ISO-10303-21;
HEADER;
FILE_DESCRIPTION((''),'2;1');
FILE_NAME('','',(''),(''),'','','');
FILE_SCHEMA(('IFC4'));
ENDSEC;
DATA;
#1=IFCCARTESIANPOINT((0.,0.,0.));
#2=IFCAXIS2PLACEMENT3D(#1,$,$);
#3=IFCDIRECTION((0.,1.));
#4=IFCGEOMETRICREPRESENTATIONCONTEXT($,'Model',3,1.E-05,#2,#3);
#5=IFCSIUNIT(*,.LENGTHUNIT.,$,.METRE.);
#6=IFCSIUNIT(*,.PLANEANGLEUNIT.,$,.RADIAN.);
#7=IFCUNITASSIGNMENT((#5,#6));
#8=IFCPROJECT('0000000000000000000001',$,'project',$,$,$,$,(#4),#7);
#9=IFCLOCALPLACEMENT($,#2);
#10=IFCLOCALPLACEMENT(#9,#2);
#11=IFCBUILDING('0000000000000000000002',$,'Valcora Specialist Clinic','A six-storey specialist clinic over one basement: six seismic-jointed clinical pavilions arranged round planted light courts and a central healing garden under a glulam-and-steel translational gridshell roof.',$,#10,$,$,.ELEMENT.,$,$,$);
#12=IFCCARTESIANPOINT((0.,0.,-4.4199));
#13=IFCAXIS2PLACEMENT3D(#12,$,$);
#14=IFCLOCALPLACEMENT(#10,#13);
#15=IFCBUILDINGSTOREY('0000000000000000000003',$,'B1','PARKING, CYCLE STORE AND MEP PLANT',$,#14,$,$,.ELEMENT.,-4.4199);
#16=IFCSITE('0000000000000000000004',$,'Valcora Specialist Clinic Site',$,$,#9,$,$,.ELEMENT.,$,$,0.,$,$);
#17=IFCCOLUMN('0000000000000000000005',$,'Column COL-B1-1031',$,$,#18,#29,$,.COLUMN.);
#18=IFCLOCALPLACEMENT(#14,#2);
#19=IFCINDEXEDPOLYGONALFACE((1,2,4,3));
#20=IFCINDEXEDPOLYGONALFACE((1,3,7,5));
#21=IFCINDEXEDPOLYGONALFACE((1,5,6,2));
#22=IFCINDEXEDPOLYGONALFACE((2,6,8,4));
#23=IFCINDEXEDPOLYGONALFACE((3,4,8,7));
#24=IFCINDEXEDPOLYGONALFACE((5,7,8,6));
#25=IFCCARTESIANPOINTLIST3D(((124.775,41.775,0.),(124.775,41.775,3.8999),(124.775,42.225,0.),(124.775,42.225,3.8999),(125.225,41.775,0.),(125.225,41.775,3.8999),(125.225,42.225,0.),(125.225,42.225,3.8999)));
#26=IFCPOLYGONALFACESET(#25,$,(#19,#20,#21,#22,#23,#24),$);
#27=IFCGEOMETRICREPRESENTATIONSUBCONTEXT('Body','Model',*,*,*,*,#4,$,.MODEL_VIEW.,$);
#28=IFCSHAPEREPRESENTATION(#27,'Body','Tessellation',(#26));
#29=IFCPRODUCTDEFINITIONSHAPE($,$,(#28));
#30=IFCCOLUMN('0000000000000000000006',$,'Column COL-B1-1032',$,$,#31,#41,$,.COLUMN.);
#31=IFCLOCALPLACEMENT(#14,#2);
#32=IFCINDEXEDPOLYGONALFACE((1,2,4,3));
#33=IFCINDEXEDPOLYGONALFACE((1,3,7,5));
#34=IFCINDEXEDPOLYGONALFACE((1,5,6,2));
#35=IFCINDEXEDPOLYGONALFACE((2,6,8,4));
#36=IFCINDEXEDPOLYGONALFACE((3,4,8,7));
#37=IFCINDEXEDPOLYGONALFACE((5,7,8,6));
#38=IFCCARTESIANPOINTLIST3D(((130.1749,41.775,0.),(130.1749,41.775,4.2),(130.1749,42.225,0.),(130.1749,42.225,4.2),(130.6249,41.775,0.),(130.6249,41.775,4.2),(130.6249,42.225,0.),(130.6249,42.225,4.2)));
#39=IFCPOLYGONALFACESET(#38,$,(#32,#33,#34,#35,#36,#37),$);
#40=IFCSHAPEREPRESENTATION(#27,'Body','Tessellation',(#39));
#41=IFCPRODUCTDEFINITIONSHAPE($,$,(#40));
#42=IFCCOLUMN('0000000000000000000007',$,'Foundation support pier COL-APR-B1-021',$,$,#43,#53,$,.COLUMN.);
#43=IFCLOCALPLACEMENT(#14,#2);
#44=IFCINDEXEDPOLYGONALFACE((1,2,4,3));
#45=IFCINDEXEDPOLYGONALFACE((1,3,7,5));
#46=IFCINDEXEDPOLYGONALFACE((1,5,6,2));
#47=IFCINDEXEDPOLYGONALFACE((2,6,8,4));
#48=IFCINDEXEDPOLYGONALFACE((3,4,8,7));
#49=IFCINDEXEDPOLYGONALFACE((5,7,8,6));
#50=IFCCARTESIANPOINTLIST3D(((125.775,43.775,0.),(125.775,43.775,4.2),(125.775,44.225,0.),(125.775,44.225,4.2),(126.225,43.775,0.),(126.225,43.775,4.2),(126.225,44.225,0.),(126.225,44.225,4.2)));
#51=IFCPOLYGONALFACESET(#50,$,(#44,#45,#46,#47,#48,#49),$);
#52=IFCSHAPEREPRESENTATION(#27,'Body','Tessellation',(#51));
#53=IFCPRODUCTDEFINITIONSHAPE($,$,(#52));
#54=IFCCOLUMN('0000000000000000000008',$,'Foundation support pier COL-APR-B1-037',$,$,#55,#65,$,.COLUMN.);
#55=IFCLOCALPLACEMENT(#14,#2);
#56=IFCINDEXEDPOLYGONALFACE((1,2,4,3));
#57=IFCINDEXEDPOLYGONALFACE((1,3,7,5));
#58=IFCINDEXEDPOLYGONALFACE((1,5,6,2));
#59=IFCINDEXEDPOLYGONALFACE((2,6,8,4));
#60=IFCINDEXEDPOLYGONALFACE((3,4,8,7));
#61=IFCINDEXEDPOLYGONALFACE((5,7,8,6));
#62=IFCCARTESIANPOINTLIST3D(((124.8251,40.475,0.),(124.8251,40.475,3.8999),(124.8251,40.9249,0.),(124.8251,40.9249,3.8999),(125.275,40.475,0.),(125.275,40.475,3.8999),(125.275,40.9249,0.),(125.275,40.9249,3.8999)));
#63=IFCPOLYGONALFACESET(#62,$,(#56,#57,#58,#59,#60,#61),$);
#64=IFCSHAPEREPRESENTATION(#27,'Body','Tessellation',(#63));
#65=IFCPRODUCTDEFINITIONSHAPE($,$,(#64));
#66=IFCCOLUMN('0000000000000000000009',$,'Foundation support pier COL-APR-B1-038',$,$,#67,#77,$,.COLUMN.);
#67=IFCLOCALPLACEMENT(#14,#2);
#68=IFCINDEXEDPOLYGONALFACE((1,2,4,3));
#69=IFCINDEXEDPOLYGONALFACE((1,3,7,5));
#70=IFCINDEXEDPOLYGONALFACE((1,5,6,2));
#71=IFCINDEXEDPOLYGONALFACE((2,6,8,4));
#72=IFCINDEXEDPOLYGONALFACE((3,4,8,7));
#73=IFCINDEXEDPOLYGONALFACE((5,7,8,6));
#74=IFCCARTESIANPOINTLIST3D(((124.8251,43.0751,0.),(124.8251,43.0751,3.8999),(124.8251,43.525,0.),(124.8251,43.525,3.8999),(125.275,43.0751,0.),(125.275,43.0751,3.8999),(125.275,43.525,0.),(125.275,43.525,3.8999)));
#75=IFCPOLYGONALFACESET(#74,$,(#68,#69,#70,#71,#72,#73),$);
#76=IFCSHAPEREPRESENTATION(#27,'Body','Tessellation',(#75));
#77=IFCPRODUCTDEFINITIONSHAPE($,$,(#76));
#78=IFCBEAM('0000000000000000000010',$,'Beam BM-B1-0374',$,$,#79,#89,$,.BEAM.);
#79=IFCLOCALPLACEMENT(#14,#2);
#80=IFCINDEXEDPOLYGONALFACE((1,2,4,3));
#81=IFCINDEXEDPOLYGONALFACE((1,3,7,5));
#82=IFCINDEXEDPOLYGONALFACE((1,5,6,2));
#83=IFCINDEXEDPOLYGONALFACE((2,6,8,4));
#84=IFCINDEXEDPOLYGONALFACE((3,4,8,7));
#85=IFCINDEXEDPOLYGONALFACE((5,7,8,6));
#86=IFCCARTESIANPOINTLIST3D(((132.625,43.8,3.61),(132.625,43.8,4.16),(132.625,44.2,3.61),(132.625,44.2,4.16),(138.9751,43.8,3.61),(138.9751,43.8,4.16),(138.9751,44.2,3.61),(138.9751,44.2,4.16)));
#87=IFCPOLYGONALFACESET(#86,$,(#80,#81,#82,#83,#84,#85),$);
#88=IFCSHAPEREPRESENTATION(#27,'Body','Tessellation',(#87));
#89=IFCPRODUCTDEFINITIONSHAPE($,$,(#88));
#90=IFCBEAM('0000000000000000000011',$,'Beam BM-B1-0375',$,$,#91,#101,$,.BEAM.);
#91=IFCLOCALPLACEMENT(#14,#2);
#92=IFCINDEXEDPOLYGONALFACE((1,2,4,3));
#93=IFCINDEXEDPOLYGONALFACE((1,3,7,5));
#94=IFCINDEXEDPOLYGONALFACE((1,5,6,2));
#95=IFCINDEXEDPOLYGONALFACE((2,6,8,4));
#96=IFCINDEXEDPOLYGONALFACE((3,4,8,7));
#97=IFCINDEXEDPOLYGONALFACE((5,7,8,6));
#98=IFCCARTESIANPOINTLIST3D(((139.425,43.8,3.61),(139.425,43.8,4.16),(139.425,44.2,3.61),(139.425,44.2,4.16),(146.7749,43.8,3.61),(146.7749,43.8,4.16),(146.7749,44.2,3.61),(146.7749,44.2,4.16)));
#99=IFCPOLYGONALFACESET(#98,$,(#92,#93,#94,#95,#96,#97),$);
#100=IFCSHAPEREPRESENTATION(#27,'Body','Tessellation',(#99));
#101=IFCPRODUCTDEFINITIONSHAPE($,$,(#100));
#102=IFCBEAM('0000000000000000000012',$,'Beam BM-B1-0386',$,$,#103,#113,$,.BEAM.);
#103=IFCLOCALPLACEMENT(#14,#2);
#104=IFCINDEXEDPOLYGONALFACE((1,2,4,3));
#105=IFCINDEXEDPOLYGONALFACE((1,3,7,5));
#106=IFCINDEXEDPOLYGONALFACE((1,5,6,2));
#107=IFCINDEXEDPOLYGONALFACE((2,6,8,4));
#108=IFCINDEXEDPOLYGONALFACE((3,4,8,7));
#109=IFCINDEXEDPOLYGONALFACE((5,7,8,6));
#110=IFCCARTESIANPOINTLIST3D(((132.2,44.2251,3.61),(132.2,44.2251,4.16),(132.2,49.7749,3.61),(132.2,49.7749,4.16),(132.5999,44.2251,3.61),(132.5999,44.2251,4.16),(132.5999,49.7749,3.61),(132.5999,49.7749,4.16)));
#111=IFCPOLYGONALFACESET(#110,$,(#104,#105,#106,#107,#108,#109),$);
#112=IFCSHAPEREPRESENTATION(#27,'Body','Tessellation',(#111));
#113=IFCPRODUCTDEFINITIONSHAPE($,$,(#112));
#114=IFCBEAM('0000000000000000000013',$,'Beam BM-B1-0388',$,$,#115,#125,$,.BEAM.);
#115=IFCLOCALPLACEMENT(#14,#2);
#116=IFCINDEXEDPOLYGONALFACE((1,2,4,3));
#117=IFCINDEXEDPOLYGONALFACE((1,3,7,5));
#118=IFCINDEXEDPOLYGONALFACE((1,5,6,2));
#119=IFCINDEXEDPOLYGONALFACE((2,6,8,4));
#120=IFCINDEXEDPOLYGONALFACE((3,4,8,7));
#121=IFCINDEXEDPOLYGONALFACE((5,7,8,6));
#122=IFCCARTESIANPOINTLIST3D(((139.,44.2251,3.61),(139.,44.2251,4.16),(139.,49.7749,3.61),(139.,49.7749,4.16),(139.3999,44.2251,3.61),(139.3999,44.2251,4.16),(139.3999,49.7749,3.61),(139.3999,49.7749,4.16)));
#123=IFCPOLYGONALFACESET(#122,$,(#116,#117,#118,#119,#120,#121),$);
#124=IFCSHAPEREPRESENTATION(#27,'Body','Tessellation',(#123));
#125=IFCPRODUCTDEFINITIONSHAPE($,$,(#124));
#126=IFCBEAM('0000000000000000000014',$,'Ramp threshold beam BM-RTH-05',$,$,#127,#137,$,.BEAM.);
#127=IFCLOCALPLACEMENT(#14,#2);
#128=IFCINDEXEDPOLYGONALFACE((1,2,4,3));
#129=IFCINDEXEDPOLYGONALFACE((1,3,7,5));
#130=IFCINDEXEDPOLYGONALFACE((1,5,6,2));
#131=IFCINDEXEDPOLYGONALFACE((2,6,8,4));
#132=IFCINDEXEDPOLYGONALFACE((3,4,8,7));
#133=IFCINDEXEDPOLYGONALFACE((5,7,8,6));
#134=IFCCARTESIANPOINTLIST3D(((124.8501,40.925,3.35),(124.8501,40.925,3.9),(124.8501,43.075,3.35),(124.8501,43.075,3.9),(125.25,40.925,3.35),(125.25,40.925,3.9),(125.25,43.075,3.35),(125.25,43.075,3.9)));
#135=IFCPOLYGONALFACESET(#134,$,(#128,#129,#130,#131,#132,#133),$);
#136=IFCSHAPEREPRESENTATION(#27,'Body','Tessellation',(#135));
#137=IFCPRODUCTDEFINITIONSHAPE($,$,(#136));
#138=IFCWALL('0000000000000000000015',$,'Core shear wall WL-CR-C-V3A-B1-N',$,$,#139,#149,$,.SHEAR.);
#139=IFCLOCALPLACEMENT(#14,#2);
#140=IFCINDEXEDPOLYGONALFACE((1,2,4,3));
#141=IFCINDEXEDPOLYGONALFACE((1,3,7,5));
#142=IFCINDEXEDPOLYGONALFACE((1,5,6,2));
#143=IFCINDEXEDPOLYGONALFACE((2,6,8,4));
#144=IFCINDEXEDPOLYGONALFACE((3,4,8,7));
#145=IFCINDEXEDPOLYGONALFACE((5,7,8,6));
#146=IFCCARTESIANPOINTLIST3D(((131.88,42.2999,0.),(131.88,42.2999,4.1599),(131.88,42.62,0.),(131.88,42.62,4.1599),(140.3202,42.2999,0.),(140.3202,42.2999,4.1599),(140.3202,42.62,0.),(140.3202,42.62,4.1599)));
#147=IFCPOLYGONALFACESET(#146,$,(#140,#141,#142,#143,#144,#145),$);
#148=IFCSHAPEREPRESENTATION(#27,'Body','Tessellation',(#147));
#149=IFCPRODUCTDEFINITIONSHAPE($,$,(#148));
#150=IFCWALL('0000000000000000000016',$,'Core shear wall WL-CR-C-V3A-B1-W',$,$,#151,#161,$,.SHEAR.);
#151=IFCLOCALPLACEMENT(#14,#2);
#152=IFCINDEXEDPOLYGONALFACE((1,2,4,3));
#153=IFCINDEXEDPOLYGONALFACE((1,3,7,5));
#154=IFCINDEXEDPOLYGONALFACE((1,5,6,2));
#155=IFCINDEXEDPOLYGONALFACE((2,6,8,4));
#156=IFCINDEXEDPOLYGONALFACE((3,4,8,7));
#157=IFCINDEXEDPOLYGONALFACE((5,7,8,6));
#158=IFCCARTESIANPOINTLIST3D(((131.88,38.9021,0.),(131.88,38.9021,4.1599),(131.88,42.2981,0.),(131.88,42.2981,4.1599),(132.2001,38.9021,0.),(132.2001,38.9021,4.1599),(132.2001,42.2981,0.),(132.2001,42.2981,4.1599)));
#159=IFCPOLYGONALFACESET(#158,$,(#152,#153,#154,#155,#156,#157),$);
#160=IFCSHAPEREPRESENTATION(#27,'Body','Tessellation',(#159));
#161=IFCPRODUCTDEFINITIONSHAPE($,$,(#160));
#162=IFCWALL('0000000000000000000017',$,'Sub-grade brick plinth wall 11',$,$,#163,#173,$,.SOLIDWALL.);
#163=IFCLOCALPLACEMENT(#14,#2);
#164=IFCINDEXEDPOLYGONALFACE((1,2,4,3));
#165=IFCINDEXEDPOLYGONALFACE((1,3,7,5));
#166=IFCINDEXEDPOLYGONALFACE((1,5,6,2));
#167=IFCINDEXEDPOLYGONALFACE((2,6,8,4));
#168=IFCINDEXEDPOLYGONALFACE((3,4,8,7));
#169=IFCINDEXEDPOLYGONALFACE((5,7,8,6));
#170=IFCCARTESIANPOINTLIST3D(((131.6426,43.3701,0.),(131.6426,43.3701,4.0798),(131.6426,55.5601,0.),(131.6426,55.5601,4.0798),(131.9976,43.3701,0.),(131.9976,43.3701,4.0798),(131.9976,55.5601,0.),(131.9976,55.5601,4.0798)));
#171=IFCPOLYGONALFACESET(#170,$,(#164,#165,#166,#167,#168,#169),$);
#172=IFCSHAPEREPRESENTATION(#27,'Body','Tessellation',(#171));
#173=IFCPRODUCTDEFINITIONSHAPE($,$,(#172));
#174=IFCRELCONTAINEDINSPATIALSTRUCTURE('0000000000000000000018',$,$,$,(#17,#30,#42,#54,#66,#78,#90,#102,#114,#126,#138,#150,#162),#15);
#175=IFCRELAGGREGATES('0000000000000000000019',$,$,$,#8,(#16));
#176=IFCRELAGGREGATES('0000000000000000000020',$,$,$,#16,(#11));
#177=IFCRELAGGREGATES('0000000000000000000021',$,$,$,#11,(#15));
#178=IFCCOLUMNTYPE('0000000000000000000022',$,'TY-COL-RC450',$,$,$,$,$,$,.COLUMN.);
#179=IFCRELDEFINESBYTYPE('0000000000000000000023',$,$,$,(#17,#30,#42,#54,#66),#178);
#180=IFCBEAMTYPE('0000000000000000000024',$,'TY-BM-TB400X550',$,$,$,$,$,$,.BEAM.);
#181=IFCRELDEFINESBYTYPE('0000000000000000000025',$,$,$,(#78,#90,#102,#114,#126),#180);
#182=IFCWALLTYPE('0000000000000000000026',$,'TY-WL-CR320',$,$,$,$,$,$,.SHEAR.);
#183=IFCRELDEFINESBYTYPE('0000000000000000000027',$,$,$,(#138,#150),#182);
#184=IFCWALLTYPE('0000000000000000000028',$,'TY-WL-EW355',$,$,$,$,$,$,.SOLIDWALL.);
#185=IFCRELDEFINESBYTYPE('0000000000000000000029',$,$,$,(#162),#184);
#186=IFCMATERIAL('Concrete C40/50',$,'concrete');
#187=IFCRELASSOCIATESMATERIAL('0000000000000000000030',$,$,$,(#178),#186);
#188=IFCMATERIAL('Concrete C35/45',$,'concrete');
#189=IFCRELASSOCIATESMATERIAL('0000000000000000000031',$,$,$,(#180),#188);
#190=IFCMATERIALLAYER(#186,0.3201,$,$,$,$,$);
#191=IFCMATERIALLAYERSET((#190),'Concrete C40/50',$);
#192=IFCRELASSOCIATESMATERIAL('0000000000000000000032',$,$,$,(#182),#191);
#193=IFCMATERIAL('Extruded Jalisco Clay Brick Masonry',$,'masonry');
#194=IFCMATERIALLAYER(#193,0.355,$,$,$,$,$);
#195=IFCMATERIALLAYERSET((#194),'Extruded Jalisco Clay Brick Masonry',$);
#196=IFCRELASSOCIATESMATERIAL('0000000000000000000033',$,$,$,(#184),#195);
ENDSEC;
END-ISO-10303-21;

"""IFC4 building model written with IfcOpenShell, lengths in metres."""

from ifc_helpers import new_model, si_unit, direction, frame, frame_2d, origin, origin_2d, place, context, subcontext, project, spatial, rectangle, extrude, material, layer, layer_set, material_profile, profile_set, type_object, element, save


model = new_model("IFC4")

# Units and contexts
model_context = context("Model", 3, precision=1e-05, world=origin(), true_north=direction((0.0, 1.0)))
body_context = subcontext(model_context, "Body", "Model", "MODEL_VIEW")
ifc_project = project(units=[si_unit("LENGTHUNIT", "METRE"), si_unit("PLANEANGLEUNIT", "RADIAN")], contexts=[model_context])

# Site, building, storey
site_placement = place(None, origin())
site = spatial("IfcSite", under=ifc_project, at=site_placement, Name="Valcora Specialist Clinic Site", CompositionType="ELEMENT", RefElevation=0.0)
building_placement = place(site_placement, origin())
building = spatial("IfcBuilding", under=site, at=building_placement, Name="Valcora Specialist Clinic", Description="A six-storey specialist clinic over one basement: six seismic-jointed clinical pavilions arranged round planted light courts and a central healing garden under a glulam-and-steel translational gridshell roof.", CompositionType="ELEMENT")
storey_placement = place(building_placement, frame((0.0, 0.0, -4.4199)))
storey = spatial("IfcBuildingStorey", under=building, at=storey_placement, Name="B1", Description="PARKING, CYCLE STORE AND MEP PLANT", CompositionType="ELEMENT", Elevation=-4.4199)

# Shared definitions
ifc_material_1 = material(Name="Concrete C35/45", Category="concrete")

# Columns
ifc_material_2 = material(Name="Concrete C40/50", Category="concrete")
ifc_material_profile_1 = material_profile(ifc_material_2, rectangle(XDim=0.45, YDim=0.45, at=origin_2d()), Name="RC-COL-450X450")
ifc_profile_set_1 = profile_set([ifc_material_profile_1], Name="Concrete C40/50")
column_type = type_object("IfcColumnType", Name="TY-COL-RC450", PredefinedType="COLUMN", material=ifc_profile_set_1)
column_placement = place(storey_placement, frame((125.0, 42.0, 0.0), z_axis=(0.0, 0.0, 1.0), x_axis=(1.0, 0.0, 0.0)))
element("IfcColumn", 1, at=column_placement, inside=storey, type_object=column_type, Name="Column COL-B1-1031", PredefinedType="COLUMN", context=body_context, shape_type="SweptSolid", body=[
    extrude(rectangle(XDim=0.45, YDim=0.45, at=origin_2d()), origin(), (0.0, 0.0, 1.0), 3.8999),
])
for number, where, z_axis, x_axis, name in (
    (2, (130.3999, 42.0, 0.0), (0.0, 0.0, 1.0), (1.0, 0.0, 0.0), "Column COL-B1-1032"),
    (3, (126.0, 44.0, 0.0), (0.0, 0.0, 1.0), (1.0, 0.0, 0.0), "Foundation support pier COL-APR-B1-021"),
):
    element("IfcColumn", number, at=place(storey_placement, frame(where, z_axis=z_axis, x_axis=x_axis)), inside=storey, type_object=column_type, Name=name, PredefinedType="COLUMN", context=body_context, shape_type="SweptSolid", body=[
        extrude(rectangle(XDim=0.45, YDim=0.45, at=origin_2d()), origin(), (0.0, 0.0, 1.0), 4.2),
    ])
for number, where, z_axis, x_axis, name in (
    (4, (125.05, 40.7, 0.0), (0.0, 0.0, 1.0), (1.0, 0.0, 0.0), "Foundation support pier COL-APR-B1-037"),
    (5, (125.05, 43.3, 0.0), (0.0, 0.0, 1.0), (1.0, 0.0, 0.0), "Foundation support pier COL-APR-B1-038"),
):
    element("IfcColumn", number, at=place(storey_placement, frame(where, z_axis=z_axis, x_axis=x_axis)), inside=storey, type_object=column_type, Name=name, PredefinedType="COLUMN", context=body_context, shape_type="SweptSolid", body=[
        extrude(rectangle(XDim=0.45, YDim=0.45, at=origin_2d()), origin(), (0.0, 0.0, 1.0), 3.8999),
    ])

# Beams
ifc_material_profile_2 = material_profile(ifc_material_1, rectangle(XDim=0.3999, YDim=0.55, at=origin_2d()), Name="RC-TB-400X550")
ifc_profile_set_2 = profile_set([ifc_material_profile_2], Name="Concrete C35/45")
beam_type = type_object("IfcBeamType", Name="TY-BM-TB400X550", PredefinedType="BEAM", material=ifc_profile_set_2)
beam_1_placement = place(storey_placement, frame((132.625, 44.0, 3.885), z_axis=(1.0, 0.0, 0.0), x_axis=(0.0, 1.0, 0.0)))
element("IfcBeam", 6, at=beam_1_placement, inside=storey, type_object=beam_type, Name="Beam BM-B1-0374", PredefinedType="BEAM", context=body_context, shape_type="SweptSolid", body=[
    extrude(rectangle(XDim=0.3999, YDim=0.55, at=origin_2d()), origin(), (0.0, 0.0, 1.0), 6.3501),
])
beam_2_placement = place(storey_placement, frame((139.425, 44.0, 3.885), z_axis=(1.0, 0.0, 0.0), x_axis=(0.0, 1.0, 0.0)))
element("IfcBeam", 7, at=beam_2_placement, inside=storey, type_object=beam_type, Name="Beam BM-B1-0375", PredefinedType="BEAM", context=body_context, shape_type="SweptSolid", body=[
    extrude(rectangle(XDim=0.3999, YDim=0.55, at=origin_2d()), origin(), (0.0, 0.0, 1.0), 7.3499),
])
for number, where, z_axis, x_axis, name in (
    (8, (132.3999, 44.2251, 3.885), (0.0, 1.0, 0.0), (-1.0, 0.0, 0.0), "Beam BM-B1-0386"),
    (9, (139.2, 44.2251, 3.885), (0.0, 1.0, 0.0), (-1.0, 0.0, 0.0), "Beam BM-B1-0388"),
):
    element("IfcBeam", number, at=place(storey_placement, frame(where, z_axis=z_axis, x_axis=x_axis)), inside=storey, type_object=beam_type, Name=name, PredefinedType="BEAM", context=body_context, shape_type="SweptSolid", body=[
        extrude(rectangle(XDim=0.3999, YDim=0.55, at=origin_2d()), origin(), (0.0, 0.0, 1.0), 5.5498),
    ])
beam_3_placement = place(storey_placement, frame((125.05, 40.925, 3.625), z_axis=(0.0, 1.0, 0.0), x_axis=(-1.0, 0.0, 0.0)))
element("IfcBeam", 10, at=beam_3_placement, inside=storey, type_object=beam_type, Name="Ramp threshold beam BM-RTH-05", PredefinedType="BEAM", context=body_context, shape_type="SweptSolid", body=[
    extrude(rectangle(XDim=0.3999, YDim=0.55, at=origin_2d()), origin(), (0.0, 0.0, 1.0), 2.1499),
])

# Walls
ifc_layer_1 = layer(ifc_material_2, 0.3201)
ifc_layer_set_1 = layer_set([ifc_layer_1], Name="Concrete C40/50")
wall_type_1 = type_object("IfcWallType", Name="TY-WL-CR320", PredefinedType="SHEAR", material=ifc_layer_set_1)
wall_1_placement = place(storey_placement, frame((131.8799, 42.46, 0.0), z_axis=(0.0, 0.0, 1.0), x_axis=(1.0, 0.0, 0.0)))
element("IfcWall", 11, at=wall_1_placement, inside=storey, type_object=wall_type_1, Name="Core shear wall WL-CR-C-V3A-B1-N", PredefinedType="SHEAR", context=body_context, shape_type="SweptSolid", body=[
    extrude(rectangle(XDim=8.4402, YDim=0.3201, at=frame_2d((4.2202, 0.0))), origin(), (0.0, 0.0, 1.0), 4.1599),
])
wall_2_placement = place(storey_placement, frame((132.04, 38.9021, 0.0), z_axis=(0.0, 0.0, 1.0), x_axis=(0.0, 1.0, 0.0)))
element("IfcWall", 12, at=wall_2_placement, inside=storey, type_object=wall_type_1, Name="Core shear wall WL-CR-C-V3A-B1-W", PredefinedType="SHEAR", context=body_context, shape_type="SweptSolid", body=[
    extrude(rectangle(XDim=3.396, YDim=0.3201, at=frame_2d((1.698, 0.0))), origin(), (0.0, 0.0, 1.0), 4.1599),
])
ifc_material_3 = material(Name="Extruded Jalisco Clay Brick Masonry", Category="masonry")
ifc_layer_2 = layer(ifc_material_3, 0.355)
ifc_layer_set_2 = layer_set([ifc_layer_2], Name="Extruded Jalisco Clay Brick Masonry")
wall_type_2 = type_object("IfcWallType", Name="TY-WL-EW355", PredefinedType="SOLIDWALL", material=ifc_layer_set_2)
wall_3_placement = place(storey_placement, frame((131.8201, 43.3701, 0.0), z_axis=(0.0, 0.0, 1.0), x_axis=(0.0, 1.0, 0.0)))
element("IfcWall", 13, at=wall_3_placement, inside=storey, type_object=wall_type_2, Name="Sub-grade brick plinth wall 11", PredefinedType="SOLIDWALL", context=body_context, shape_type="SweptSolid", body=[
    extrude(rectangle(XDim=12.1899, YDim=0.355, at=frame_2d((6.095, 0.0))), origin(), (0.0, 0.0, 1.0), 4.0798),
])

save(model, "model.ifc")
